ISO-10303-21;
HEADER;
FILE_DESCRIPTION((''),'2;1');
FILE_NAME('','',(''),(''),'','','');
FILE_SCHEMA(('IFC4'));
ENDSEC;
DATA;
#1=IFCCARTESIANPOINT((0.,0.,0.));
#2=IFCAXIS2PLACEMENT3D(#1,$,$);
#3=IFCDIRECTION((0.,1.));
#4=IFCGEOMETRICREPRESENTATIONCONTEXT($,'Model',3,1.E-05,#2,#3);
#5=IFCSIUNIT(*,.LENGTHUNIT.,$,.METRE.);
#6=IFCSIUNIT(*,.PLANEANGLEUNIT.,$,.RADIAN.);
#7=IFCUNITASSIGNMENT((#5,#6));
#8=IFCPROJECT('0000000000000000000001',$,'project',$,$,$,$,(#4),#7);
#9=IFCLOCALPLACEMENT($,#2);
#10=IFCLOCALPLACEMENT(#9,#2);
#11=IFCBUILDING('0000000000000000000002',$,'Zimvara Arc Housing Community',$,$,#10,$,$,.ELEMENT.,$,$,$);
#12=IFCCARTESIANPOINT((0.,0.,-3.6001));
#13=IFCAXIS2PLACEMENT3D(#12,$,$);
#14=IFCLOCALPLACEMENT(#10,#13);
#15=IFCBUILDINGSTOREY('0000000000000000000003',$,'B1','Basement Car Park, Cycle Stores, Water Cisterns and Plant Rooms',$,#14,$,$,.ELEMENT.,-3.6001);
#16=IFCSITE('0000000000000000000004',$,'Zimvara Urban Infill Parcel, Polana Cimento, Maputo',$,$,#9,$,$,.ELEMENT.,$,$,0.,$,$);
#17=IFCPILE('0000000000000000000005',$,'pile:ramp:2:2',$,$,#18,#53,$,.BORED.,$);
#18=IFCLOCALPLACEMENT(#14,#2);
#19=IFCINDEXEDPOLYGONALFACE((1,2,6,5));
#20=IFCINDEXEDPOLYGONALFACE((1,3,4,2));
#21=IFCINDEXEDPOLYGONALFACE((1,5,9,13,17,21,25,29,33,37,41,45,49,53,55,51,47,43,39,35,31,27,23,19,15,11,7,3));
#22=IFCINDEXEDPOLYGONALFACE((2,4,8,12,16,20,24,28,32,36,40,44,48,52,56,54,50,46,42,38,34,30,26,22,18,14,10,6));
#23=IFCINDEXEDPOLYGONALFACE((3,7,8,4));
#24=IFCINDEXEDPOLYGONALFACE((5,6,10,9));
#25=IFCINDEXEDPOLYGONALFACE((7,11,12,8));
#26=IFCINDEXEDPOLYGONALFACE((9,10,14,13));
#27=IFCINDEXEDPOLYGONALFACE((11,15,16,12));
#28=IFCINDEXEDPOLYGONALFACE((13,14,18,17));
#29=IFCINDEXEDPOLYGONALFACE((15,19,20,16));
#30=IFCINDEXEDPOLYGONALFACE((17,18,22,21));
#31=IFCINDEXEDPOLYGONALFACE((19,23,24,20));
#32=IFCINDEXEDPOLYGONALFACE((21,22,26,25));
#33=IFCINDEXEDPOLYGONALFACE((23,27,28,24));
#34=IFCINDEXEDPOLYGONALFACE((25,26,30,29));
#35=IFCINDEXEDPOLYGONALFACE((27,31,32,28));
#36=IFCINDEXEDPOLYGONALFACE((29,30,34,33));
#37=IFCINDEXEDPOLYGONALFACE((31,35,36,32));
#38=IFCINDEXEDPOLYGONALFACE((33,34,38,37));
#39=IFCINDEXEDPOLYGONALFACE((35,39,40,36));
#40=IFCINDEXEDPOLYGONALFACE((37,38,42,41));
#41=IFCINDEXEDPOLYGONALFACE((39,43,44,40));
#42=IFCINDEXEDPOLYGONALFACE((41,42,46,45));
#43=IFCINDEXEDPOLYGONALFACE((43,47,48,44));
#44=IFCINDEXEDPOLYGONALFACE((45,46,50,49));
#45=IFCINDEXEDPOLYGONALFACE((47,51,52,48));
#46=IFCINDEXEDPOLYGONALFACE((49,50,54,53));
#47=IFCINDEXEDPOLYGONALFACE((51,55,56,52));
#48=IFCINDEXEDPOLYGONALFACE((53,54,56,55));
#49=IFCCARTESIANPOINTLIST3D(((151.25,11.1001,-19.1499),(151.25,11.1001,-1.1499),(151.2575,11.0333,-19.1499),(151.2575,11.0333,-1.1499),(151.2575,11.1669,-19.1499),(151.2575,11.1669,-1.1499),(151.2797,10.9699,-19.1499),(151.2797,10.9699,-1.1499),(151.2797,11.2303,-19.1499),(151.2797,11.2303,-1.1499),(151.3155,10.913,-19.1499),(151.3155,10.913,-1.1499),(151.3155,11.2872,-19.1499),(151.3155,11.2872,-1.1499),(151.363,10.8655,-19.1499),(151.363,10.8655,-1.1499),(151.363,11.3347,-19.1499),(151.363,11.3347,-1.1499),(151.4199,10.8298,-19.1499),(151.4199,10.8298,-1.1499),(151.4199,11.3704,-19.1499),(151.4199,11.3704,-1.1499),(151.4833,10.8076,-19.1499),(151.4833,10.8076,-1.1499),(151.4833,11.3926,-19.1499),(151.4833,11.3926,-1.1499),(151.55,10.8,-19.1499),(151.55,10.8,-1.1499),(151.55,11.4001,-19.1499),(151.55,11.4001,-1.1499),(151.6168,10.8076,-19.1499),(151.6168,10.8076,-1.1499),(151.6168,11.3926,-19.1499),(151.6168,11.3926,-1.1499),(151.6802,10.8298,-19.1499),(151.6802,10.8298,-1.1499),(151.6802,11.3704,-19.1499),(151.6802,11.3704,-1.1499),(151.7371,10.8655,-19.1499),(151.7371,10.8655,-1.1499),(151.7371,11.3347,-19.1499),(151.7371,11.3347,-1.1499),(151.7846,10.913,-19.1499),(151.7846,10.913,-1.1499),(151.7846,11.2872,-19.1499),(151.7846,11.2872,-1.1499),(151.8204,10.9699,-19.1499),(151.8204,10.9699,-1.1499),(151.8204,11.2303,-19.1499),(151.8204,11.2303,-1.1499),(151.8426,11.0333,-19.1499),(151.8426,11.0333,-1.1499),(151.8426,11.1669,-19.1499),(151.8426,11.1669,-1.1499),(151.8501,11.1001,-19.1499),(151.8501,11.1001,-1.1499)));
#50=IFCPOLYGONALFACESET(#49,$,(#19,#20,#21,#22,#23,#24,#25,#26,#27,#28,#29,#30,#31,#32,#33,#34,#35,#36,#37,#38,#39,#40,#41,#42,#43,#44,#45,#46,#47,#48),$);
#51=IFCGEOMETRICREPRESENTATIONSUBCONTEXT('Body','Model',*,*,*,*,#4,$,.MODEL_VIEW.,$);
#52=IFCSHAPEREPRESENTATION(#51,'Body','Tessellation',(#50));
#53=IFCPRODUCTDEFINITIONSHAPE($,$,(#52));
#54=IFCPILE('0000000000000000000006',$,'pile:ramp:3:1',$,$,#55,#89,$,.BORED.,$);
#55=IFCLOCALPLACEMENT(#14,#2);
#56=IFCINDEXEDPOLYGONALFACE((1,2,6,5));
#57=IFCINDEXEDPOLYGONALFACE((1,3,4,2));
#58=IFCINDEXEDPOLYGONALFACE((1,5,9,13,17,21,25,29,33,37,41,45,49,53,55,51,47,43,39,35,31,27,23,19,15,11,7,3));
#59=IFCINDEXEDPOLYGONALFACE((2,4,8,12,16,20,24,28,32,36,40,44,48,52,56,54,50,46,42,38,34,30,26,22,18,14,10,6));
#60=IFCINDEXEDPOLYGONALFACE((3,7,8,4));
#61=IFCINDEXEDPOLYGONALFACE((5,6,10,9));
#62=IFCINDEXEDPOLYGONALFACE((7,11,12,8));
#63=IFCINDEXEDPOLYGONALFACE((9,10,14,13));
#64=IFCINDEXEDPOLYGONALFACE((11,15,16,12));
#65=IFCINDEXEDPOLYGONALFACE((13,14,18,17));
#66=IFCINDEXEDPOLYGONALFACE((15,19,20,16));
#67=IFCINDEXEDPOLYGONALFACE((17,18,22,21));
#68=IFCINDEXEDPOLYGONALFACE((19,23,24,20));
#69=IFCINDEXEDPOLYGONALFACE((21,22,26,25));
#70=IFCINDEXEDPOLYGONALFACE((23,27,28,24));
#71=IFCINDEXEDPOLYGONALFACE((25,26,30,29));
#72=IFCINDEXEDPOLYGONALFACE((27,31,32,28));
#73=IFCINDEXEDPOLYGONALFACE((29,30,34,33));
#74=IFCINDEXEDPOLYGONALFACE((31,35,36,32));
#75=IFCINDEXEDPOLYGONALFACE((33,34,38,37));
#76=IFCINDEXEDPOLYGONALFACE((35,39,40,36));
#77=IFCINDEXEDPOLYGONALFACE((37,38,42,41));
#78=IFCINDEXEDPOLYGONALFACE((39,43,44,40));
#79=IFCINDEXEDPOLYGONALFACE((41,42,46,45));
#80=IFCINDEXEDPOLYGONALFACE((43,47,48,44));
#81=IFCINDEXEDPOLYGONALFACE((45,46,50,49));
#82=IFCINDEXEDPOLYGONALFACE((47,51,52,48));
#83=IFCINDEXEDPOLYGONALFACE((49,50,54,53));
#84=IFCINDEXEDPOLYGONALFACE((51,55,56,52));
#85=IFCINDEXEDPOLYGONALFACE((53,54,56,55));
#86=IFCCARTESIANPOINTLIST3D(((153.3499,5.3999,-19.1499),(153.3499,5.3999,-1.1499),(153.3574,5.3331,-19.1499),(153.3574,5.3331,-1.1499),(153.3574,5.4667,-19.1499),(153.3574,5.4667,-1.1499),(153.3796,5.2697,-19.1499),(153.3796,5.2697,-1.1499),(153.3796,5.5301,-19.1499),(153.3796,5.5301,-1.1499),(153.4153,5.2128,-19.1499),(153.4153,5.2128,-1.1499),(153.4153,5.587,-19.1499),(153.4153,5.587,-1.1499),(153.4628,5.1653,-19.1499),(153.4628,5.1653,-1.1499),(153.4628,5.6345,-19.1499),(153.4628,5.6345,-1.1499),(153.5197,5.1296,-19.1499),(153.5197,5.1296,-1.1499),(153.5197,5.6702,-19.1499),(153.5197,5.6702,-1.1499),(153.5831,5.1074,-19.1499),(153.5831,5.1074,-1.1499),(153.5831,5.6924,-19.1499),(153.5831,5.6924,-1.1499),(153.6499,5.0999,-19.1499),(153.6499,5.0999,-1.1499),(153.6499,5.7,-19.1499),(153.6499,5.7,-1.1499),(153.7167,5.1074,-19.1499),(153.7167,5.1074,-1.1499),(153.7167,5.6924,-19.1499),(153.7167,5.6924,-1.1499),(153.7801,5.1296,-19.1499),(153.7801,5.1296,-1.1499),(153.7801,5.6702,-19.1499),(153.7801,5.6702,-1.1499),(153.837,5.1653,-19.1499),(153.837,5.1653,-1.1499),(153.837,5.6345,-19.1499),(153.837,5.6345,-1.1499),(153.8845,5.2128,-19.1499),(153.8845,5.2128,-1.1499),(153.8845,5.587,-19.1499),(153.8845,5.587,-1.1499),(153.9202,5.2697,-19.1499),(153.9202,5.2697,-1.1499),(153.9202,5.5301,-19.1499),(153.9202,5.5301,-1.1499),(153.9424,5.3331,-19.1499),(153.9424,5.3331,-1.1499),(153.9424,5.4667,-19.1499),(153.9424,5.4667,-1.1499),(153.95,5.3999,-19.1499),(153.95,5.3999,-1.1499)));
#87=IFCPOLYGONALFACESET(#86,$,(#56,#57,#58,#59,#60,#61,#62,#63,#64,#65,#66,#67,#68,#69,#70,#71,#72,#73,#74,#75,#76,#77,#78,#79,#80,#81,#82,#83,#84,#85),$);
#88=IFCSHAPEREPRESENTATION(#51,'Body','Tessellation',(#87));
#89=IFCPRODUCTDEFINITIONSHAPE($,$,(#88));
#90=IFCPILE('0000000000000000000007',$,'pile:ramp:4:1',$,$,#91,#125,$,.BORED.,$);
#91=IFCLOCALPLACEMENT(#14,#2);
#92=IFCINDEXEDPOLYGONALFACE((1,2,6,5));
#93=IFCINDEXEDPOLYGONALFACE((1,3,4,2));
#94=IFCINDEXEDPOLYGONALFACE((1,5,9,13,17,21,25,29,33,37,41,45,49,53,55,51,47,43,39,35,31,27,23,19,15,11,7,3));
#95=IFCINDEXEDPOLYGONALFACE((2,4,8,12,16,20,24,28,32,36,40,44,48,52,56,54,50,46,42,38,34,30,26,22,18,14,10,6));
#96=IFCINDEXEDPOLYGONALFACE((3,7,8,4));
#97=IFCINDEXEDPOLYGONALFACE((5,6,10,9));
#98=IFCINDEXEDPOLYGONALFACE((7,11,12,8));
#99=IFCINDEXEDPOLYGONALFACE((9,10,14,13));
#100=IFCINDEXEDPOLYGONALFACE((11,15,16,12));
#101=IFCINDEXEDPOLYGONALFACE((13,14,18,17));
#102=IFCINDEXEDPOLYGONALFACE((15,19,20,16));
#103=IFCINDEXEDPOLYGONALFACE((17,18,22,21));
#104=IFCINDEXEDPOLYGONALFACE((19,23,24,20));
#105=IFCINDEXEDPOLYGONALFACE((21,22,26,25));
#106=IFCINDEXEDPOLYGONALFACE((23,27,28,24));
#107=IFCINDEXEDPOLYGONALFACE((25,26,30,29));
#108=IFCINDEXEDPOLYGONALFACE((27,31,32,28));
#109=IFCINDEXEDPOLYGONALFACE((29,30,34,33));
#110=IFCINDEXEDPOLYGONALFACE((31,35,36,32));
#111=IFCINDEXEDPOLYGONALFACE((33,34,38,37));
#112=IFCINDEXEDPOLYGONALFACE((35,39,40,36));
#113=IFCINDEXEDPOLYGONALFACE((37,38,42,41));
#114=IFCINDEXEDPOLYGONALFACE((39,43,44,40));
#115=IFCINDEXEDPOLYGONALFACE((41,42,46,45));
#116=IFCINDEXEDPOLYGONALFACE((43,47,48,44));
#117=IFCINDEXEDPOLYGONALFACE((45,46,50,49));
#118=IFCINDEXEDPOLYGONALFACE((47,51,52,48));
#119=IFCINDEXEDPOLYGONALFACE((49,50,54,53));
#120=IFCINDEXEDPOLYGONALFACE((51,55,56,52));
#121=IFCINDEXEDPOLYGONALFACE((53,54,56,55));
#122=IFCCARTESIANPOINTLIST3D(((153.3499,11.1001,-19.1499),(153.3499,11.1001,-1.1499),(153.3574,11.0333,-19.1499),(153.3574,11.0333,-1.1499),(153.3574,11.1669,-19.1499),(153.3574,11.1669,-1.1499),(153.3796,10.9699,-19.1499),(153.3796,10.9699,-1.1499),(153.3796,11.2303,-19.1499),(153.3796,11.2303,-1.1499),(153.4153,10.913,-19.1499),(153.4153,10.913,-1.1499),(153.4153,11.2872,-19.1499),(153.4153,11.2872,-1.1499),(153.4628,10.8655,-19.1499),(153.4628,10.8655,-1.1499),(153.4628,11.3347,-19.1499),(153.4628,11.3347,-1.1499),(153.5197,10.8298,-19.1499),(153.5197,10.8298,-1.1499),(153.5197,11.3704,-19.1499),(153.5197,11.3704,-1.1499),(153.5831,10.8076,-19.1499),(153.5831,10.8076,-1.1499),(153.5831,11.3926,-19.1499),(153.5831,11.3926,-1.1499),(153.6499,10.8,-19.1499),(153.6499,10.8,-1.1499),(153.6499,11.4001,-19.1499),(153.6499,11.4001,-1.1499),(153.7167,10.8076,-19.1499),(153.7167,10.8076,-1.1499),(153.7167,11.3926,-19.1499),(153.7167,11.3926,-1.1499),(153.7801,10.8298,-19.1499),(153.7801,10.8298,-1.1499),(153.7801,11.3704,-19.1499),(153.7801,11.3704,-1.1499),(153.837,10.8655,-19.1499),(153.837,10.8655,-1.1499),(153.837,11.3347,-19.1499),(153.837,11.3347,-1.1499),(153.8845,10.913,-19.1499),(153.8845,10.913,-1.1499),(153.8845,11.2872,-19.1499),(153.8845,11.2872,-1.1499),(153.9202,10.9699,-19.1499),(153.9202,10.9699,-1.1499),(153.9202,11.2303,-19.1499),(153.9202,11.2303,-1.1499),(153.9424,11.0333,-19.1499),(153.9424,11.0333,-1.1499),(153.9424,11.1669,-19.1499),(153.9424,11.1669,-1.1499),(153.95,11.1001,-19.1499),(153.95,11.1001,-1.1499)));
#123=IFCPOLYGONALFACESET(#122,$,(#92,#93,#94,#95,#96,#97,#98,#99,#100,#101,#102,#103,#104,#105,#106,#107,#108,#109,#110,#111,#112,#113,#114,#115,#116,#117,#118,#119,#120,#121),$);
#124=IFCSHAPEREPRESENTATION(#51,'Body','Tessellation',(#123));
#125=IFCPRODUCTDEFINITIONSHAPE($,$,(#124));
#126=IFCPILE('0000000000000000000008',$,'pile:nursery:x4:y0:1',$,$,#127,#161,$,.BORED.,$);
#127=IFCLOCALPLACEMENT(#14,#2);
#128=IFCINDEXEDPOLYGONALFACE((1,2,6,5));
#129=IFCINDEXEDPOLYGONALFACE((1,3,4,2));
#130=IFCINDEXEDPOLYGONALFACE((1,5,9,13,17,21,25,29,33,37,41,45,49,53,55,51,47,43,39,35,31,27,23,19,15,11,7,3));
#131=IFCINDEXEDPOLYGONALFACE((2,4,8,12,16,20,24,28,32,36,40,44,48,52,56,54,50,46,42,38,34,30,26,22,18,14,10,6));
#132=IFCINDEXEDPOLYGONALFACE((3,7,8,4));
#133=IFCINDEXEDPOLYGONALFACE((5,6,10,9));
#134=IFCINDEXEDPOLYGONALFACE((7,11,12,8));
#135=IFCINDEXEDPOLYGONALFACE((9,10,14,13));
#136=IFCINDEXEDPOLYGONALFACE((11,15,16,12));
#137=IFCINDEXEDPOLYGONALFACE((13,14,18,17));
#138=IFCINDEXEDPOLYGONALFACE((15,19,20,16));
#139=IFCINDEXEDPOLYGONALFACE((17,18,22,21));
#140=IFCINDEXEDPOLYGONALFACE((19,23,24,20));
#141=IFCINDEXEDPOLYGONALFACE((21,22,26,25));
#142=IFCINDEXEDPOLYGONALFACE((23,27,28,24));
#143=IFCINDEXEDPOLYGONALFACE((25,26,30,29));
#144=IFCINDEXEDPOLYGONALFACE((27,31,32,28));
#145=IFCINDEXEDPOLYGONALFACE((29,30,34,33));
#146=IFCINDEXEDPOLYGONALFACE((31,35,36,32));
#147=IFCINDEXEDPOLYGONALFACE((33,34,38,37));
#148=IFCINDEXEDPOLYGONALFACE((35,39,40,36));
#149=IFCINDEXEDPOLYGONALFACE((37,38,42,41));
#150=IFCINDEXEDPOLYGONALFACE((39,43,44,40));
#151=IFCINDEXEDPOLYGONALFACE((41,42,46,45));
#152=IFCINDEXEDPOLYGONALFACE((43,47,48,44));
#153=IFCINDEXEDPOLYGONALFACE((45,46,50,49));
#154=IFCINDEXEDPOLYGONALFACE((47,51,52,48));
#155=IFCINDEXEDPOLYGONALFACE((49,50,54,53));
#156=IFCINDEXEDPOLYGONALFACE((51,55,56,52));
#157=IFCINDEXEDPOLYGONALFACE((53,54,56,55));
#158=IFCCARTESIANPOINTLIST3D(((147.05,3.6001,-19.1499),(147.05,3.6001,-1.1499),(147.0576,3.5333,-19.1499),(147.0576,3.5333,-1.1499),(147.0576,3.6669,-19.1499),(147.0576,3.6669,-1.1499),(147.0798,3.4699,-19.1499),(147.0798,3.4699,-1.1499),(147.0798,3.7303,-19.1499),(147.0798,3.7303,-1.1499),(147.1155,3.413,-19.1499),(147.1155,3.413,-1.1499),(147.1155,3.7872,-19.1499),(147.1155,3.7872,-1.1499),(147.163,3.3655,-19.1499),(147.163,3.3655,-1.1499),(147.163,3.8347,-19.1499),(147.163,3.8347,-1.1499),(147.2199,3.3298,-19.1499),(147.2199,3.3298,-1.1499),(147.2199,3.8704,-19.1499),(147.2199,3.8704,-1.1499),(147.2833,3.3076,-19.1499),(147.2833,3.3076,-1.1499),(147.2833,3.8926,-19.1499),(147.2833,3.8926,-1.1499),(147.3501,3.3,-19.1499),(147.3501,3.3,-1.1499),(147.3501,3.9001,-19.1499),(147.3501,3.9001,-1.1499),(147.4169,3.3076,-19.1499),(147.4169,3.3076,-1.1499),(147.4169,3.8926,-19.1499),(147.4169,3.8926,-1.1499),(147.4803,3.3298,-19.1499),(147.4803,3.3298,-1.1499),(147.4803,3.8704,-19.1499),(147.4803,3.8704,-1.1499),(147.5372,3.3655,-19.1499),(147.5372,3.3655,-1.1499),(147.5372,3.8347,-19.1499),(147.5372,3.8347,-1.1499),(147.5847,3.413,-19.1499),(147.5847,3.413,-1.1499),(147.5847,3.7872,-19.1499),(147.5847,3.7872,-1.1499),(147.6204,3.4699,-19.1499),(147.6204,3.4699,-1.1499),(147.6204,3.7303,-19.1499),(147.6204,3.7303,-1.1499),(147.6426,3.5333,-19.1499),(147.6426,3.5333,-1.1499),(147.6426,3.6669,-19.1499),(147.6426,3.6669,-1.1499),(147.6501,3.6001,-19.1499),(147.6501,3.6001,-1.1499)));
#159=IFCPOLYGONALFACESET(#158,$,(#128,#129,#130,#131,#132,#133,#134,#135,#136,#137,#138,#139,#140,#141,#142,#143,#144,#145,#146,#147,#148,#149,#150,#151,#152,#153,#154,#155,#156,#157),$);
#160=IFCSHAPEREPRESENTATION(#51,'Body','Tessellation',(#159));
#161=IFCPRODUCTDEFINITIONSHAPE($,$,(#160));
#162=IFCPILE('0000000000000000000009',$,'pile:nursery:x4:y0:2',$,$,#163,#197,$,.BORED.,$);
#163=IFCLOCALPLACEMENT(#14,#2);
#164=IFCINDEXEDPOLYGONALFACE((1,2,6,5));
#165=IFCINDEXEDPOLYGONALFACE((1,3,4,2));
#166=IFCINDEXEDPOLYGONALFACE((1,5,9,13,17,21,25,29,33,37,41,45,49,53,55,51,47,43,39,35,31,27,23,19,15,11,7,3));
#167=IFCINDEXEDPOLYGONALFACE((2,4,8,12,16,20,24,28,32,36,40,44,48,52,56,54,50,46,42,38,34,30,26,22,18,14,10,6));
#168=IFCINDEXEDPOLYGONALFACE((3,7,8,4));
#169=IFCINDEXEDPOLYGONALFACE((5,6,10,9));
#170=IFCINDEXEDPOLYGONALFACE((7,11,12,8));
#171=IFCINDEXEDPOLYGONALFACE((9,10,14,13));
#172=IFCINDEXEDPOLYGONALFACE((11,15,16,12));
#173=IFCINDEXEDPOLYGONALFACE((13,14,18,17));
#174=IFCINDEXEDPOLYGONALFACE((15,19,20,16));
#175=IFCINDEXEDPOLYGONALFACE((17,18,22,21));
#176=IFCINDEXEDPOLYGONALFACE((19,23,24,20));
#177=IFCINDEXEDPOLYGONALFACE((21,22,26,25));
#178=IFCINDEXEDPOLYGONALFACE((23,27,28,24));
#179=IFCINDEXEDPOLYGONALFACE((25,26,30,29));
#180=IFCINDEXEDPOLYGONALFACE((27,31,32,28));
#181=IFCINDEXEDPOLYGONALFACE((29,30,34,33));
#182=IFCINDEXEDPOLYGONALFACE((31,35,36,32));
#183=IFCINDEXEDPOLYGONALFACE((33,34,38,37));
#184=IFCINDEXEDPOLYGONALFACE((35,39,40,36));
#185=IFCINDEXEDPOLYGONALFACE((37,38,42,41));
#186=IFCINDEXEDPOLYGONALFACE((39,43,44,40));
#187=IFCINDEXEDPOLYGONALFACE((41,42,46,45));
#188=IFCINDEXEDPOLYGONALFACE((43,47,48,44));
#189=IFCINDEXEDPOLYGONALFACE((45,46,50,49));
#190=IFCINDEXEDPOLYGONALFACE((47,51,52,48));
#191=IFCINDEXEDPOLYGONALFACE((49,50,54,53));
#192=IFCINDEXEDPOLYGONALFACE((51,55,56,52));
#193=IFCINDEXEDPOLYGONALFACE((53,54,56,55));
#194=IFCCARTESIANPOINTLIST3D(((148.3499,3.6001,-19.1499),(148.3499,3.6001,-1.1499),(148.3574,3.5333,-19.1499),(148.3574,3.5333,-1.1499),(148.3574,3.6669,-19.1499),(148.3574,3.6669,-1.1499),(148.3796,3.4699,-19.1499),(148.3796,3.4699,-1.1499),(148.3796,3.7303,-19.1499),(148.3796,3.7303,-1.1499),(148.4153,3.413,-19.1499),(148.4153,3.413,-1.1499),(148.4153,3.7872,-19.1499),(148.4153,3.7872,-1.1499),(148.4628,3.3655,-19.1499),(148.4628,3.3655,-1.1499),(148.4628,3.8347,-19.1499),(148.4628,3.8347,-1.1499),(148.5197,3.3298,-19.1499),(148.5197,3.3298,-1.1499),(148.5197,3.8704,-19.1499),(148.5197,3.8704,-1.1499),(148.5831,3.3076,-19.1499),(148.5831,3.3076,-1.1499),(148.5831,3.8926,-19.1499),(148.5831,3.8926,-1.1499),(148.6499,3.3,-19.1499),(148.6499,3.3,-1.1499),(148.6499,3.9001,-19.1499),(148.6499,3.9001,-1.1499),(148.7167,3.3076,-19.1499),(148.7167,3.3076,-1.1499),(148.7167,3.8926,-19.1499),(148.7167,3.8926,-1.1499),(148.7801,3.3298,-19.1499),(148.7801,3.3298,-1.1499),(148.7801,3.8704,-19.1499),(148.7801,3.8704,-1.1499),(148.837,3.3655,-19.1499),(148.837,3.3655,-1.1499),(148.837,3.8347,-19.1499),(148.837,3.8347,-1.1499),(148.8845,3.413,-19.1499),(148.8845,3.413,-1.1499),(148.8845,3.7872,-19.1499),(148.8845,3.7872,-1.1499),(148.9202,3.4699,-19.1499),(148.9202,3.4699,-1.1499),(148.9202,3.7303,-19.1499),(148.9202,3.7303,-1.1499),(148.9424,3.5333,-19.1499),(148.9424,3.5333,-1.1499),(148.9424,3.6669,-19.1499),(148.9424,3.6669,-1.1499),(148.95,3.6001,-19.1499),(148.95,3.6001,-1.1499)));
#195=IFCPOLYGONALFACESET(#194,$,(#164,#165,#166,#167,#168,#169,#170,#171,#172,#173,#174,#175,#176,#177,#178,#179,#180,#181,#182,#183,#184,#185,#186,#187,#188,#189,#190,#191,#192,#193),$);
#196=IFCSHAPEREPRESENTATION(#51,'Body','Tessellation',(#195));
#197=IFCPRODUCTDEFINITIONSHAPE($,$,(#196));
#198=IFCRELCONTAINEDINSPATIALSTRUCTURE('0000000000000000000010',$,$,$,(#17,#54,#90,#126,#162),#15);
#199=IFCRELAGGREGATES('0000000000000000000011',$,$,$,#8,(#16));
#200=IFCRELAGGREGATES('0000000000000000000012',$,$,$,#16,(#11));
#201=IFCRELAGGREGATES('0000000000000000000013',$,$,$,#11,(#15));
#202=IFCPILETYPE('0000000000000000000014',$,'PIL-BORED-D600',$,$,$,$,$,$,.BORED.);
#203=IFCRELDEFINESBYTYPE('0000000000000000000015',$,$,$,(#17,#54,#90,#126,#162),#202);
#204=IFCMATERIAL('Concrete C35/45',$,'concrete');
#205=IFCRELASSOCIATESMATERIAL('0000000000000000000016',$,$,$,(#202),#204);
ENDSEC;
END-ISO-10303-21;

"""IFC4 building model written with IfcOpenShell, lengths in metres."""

from ifc_helpers import new_model, si_unit, direction, frame, origin, origin_2d, place, context, subcontext, project, spatial, circle, extrude, material, material_profile, profile_set, type_object, element, save


model = new_model("IFC4")

# Units and contexts
model_context = context("Model", 3, precision=1e-05, world=origin(), true_north=direction((0.0, 1.0)))
body_context = subcontext(model_context, "Body", "Model", "MODEL_VIEW")
ifc_project = project(units=[si_unit("LENGTHUNIT", "METRE"), si_unit("PLANEANGLEUNIT", "RADIAN")], contexts=[model_context])

# Site, building, storey
site_placement = place(None, origin())
site = spatial("IfcSite", under=ifc_project, at=site_placement, Name="Zimvara Urban Infill Parcel, Polana Cimento, Maputo", CompositionType="ELEMENT", RefElevation=0.0)
building_placement = place(site_placement, origin())
building = spatial("IfcBuilding", under=site, at=building_placement, Name="Zimvara Arc Housing Community", CompositionType="ELEMENT")
storey_placement = place(building_placement, frame((0.0, 0.0, -3.6001)))
storey = spatial("IfcBuildingStorey", under=building, at=storey_placement, Name="B1", Description="Basement Car Park, Cycle Stores, Water Cisterns and Plant Rooms", CompositionType="ELEMENT", Elevation=-3.6001)

# Piles
ifc_material_1 = material(Name="Concrete C35/45", Category="concrete")
ifc_material_profile_1 = material_profile(ifc_material_1, circle(Radius=0.3, at=origin_2d()), Name="PILE D600")
ifc_profile_set_1 = profile_set([ifc_material_profile_1], Name="Concrete C35/45")
pile_type = type_object("IfcPileType", Name="PIL-BORED-D600", PredefinedType="BORED", material=ifc_profile_set_1)
for number, where, z_axis, x_axis, name in (
    (1, (151.55, 11.1001, -1.1499), (0.0, 0.0, -1.0), (1.0, 0.0, 0.0), "pile:ramp:2:2"),
    (2, (153.6499, 5.3999, -1.1499), (0.0, 0.0, -1.0), (1.0, 0.0, 0.0), "pile:ramp:3:1"),
    (3, (153.6499, 11.1001, -1.1499), (0.0, 0.0, -1.0), (1.0, 0.0, 0.0), "pile:ramp:4:1"),
    (4, (147.3501, 3.6001, -1.1499), (0.0, 0.0, -1.0), (1.0, 0.0, 0.0), "pile:nursery:x4:y0:1"),
    (5, (148.6499, 3.6001, -1.1499), (0.0, 0.0, -1.0), (1.0, 0.0, 0.0), "pile:nursery:x4:y0:2"),
):
    element("IfcPile", number, at=place(storey_placement, frame(where, z_axis=z_axis, x_axis=x_axis)), inside=storey, type_object=pile_type, Name=name, PredefinedType="BORED", context=body_context, shape_type="SweptSolid", body=[
        extrude(circle(Radius=0.3, at=origin_2d()), origin(), (0.0, 0.0, 1.0), 18.0),
    ])

save(model, "model.ifc")
